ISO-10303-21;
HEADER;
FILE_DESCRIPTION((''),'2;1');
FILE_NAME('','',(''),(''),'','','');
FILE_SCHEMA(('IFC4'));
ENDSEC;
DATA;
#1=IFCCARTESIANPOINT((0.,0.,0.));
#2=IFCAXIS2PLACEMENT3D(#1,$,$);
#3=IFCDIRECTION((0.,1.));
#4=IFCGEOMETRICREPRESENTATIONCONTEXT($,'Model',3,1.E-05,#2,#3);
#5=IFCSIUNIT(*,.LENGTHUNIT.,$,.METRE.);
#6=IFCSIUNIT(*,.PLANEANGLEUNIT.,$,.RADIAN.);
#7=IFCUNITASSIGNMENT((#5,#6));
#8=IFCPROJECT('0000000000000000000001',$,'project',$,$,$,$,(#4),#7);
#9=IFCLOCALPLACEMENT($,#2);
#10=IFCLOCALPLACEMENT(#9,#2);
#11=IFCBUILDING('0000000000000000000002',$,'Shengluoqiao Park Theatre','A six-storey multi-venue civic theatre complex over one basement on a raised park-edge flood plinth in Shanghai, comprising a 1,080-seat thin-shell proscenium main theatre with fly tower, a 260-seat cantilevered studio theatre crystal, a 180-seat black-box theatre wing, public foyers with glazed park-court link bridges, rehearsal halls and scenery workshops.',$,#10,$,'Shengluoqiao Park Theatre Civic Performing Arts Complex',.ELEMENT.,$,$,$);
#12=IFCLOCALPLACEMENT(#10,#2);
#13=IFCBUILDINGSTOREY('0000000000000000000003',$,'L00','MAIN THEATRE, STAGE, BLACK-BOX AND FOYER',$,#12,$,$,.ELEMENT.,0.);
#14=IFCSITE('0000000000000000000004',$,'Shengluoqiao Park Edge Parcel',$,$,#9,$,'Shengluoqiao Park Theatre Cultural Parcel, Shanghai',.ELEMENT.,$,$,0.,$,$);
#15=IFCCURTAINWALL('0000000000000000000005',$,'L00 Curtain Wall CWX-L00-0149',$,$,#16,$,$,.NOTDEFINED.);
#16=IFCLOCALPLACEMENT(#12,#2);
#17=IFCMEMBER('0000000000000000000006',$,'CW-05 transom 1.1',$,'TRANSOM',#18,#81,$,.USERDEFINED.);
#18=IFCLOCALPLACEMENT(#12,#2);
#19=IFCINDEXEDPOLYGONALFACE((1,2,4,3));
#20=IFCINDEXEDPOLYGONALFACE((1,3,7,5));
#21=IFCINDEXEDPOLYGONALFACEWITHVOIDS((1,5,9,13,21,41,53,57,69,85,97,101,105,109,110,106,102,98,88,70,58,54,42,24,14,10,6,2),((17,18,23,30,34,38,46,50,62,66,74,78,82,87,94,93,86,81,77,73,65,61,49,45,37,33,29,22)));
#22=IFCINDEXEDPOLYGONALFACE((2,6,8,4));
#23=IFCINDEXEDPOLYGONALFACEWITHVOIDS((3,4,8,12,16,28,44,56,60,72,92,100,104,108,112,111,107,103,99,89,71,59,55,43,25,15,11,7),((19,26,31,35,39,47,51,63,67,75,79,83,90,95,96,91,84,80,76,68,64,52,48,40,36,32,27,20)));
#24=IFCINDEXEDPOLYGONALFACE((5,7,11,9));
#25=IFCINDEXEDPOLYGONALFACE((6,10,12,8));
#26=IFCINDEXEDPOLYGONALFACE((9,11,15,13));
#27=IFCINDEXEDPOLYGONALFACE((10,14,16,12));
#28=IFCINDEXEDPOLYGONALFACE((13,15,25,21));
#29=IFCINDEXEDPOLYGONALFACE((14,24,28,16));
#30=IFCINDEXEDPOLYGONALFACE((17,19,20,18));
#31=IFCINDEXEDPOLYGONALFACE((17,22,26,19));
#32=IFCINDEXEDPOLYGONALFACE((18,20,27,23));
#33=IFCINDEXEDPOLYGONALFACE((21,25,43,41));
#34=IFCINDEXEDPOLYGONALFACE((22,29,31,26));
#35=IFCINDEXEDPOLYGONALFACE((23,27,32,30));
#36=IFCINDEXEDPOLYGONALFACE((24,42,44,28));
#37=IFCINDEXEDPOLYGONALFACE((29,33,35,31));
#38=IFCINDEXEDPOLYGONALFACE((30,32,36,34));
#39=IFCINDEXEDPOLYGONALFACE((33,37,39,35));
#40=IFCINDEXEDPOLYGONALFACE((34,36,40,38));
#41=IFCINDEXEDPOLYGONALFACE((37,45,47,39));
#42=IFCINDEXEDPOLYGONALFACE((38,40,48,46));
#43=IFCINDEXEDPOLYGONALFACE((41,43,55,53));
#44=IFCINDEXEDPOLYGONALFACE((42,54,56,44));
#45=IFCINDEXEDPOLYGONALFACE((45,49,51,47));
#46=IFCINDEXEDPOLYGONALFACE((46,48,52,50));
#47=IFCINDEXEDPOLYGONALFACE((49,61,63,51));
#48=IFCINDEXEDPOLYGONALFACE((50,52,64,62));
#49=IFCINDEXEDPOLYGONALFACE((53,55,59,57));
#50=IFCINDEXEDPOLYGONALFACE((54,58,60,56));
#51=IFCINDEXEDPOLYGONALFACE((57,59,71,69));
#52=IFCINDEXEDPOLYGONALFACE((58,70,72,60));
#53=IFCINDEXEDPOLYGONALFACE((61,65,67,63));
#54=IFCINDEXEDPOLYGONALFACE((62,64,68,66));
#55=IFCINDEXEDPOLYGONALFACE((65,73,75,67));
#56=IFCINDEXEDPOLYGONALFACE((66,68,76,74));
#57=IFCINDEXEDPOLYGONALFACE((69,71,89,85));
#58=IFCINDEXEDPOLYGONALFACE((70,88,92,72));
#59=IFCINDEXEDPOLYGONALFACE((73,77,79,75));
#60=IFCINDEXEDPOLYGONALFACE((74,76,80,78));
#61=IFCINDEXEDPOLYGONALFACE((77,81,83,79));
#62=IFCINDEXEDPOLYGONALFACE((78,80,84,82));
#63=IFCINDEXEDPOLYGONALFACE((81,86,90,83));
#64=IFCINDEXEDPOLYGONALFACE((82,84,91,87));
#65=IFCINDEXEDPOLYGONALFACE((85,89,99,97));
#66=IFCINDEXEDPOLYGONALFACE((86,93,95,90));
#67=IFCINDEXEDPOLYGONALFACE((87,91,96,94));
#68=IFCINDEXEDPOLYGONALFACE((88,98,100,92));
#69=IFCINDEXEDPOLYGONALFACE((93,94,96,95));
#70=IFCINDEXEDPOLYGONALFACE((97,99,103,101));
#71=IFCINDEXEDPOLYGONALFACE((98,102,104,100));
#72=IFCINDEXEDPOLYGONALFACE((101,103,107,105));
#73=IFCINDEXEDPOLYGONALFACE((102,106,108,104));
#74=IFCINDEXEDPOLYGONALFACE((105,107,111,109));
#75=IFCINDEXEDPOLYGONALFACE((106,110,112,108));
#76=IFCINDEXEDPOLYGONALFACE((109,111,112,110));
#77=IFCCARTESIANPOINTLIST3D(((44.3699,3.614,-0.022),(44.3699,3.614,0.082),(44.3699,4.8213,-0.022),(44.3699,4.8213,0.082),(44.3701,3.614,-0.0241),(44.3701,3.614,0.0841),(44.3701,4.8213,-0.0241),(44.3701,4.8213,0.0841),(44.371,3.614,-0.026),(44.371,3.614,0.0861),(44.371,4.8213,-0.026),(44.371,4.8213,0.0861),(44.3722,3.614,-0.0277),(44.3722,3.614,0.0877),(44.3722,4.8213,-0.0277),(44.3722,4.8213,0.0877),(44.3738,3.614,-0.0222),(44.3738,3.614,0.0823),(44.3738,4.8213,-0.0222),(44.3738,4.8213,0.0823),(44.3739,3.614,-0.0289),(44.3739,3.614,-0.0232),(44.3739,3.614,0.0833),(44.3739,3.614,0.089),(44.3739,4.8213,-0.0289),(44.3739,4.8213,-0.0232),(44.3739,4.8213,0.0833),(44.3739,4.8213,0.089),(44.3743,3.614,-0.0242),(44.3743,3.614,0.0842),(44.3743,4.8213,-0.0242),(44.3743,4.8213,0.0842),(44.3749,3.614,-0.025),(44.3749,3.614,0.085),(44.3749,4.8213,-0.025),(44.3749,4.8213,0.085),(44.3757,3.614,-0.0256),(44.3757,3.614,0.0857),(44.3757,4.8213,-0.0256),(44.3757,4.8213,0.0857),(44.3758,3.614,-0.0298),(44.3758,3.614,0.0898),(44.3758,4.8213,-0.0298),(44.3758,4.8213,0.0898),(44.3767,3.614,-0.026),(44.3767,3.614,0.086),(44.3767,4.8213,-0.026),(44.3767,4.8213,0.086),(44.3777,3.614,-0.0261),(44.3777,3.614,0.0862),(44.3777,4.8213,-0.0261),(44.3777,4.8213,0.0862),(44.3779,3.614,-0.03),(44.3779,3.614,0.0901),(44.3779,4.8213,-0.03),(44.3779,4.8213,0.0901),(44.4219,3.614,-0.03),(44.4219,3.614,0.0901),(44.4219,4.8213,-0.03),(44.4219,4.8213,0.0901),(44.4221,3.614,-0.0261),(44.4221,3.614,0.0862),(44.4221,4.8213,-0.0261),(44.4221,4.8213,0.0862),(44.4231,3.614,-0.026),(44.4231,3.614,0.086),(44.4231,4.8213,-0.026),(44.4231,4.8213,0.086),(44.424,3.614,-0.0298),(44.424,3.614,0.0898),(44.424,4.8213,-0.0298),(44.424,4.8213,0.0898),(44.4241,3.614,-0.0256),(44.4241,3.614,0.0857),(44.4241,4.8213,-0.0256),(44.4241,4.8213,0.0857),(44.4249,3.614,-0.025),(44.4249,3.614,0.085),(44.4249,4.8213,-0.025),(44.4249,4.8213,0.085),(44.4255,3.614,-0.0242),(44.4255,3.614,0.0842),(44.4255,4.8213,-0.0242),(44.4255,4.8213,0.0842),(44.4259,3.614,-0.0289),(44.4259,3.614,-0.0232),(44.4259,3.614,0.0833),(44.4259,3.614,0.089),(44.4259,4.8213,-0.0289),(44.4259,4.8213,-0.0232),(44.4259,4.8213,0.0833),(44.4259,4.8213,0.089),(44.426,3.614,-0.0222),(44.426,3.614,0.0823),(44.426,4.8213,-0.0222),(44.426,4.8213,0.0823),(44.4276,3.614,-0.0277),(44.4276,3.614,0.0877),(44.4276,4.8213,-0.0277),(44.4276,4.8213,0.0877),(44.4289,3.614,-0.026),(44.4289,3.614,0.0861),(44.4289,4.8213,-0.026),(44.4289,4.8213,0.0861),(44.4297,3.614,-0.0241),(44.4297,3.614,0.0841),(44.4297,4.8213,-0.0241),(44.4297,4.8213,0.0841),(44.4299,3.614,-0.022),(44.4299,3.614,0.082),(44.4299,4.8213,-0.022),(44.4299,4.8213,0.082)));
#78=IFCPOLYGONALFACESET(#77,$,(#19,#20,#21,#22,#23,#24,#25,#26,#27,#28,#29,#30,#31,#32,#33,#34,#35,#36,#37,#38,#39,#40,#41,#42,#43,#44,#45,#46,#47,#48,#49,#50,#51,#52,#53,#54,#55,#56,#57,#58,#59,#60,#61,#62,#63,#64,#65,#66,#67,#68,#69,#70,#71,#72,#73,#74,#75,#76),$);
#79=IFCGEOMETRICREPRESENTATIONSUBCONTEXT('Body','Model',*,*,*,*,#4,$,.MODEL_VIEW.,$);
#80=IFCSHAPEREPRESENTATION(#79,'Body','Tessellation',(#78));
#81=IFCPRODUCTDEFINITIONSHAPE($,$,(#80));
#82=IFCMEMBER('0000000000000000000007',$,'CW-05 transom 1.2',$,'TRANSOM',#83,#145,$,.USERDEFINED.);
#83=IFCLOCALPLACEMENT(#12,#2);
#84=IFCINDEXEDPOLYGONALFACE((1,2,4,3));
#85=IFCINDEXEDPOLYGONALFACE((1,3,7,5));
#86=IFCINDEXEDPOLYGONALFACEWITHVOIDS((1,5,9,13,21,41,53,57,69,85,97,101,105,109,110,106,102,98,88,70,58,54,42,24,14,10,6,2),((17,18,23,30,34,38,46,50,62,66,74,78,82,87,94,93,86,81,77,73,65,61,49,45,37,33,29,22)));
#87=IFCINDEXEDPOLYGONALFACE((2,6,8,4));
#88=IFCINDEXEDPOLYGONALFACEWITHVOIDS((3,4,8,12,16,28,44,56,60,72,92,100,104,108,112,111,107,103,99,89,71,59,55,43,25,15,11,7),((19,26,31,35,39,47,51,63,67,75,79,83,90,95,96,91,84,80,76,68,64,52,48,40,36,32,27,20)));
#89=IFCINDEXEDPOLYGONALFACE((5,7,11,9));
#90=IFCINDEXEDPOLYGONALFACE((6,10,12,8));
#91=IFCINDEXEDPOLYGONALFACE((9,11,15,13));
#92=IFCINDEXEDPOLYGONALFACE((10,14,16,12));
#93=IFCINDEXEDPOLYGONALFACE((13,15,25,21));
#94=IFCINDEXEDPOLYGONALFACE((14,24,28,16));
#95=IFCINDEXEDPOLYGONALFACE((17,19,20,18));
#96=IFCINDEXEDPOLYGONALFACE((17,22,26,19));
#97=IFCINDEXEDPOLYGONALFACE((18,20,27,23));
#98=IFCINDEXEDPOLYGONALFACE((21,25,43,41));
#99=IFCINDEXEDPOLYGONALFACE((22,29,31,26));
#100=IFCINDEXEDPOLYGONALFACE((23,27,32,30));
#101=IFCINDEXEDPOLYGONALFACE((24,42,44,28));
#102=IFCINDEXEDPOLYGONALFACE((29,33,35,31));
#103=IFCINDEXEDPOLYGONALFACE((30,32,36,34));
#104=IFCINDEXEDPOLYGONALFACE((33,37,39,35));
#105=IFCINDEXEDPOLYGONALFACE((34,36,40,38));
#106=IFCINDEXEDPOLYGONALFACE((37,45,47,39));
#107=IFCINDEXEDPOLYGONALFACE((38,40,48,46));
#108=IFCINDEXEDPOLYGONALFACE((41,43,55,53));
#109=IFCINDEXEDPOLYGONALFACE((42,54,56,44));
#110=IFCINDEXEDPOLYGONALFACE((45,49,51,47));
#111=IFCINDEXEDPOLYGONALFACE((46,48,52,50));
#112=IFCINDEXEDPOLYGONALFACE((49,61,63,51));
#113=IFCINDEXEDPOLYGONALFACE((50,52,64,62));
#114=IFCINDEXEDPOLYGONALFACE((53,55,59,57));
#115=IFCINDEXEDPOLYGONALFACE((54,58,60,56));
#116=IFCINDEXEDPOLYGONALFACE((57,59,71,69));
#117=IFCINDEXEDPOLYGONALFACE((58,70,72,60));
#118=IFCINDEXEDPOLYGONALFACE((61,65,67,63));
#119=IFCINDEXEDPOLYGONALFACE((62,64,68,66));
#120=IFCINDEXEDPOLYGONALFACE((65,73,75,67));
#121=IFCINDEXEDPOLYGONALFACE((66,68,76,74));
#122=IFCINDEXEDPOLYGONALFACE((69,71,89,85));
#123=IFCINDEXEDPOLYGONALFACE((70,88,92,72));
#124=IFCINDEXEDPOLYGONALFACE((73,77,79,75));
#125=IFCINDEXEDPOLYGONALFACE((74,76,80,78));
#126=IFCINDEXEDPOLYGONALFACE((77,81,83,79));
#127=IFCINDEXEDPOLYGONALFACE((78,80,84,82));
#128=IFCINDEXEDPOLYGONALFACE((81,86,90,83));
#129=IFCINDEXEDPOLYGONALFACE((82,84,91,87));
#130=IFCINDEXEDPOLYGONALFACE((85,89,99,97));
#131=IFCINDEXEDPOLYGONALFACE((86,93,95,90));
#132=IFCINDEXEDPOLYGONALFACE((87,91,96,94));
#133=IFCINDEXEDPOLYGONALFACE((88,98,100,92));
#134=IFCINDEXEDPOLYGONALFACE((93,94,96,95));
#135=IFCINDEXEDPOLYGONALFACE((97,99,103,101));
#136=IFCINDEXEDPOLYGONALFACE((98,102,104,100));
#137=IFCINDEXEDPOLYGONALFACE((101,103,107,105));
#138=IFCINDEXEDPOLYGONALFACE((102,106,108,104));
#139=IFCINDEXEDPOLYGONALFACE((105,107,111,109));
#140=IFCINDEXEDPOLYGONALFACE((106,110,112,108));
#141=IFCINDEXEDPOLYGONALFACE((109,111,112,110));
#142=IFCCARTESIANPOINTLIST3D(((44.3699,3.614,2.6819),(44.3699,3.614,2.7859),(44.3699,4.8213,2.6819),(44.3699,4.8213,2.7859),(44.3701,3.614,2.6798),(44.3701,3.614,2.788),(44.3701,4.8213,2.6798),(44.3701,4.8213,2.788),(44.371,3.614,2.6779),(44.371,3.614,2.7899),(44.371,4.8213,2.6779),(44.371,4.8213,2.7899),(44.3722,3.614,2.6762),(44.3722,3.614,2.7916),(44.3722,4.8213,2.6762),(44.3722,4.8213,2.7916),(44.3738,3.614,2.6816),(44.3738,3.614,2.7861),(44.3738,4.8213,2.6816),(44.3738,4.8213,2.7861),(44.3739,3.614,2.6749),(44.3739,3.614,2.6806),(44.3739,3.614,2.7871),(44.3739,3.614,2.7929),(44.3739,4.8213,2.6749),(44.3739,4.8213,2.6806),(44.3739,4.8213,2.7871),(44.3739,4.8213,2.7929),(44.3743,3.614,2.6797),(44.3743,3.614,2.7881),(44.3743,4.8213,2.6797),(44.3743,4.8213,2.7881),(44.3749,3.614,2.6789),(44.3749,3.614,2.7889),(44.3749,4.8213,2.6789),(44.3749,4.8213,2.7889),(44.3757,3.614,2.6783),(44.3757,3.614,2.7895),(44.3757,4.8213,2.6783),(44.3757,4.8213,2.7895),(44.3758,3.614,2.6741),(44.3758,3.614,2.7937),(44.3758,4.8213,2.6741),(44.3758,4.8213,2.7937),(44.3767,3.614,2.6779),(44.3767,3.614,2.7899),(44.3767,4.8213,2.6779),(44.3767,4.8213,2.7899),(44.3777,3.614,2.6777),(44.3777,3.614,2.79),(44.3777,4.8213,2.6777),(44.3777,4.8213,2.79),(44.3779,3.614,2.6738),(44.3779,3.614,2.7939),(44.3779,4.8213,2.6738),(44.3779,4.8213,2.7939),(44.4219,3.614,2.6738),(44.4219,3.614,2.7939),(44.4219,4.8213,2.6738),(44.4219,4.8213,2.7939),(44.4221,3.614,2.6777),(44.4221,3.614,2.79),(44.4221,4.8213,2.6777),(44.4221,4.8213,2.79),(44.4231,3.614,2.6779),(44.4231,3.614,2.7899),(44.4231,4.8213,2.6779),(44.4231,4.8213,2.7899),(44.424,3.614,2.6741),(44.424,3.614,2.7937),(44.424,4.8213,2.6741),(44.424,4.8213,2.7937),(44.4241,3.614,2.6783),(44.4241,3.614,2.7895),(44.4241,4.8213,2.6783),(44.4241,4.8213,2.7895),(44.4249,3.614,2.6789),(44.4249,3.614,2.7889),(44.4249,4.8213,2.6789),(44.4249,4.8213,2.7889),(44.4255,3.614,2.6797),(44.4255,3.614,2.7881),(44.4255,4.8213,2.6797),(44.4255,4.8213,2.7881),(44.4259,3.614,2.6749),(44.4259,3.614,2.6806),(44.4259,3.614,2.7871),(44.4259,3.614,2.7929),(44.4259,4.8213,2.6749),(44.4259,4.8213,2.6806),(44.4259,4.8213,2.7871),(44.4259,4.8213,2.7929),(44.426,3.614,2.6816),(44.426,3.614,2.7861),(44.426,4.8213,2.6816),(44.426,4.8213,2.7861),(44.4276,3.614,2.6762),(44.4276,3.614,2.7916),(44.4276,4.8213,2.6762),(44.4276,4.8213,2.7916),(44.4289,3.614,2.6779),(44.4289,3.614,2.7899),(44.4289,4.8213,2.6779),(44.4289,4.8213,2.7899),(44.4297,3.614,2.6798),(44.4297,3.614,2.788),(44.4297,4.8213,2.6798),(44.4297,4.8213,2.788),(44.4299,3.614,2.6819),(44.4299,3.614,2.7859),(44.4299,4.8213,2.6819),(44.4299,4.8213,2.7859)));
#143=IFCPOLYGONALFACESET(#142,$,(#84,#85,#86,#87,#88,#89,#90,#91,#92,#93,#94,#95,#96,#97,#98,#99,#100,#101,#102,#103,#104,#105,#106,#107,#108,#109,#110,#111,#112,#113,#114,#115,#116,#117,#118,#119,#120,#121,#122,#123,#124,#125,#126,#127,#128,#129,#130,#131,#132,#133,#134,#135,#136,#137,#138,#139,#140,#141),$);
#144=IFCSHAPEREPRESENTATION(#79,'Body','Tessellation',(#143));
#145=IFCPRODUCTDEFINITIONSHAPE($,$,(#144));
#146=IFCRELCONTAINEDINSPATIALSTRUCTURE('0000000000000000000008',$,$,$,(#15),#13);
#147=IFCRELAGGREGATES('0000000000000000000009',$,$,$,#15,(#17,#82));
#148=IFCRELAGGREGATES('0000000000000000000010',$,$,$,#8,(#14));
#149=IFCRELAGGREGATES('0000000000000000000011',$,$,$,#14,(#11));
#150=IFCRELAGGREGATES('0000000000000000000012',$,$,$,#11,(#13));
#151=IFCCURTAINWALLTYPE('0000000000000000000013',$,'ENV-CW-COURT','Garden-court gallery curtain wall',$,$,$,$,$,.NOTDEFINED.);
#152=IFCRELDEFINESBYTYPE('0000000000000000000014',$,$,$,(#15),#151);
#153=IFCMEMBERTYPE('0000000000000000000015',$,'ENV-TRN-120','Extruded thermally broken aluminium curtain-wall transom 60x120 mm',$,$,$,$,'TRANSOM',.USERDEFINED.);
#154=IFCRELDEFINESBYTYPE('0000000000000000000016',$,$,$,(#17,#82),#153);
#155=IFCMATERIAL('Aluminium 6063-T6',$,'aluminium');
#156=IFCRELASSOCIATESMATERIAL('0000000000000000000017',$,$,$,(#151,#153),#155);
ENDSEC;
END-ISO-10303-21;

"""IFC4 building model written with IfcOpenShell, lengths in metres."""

from ifc_helpers import new_model, si_unit, direction, frame, origin, origin_2d, place, context, subcontext, project, spatial, hollow_rectangle, extrude, material, material_profile, profile_set, type_object, element, aggregate, save


model = new_model("IFC4")

# Units and contexts
model_context = context("Model", 3, precision=1e-05, world=origin(), true_north=direction((0.0, 1.0)))
body_context = subcontext(model_context, "Body", "Model", "MODEL_VIEW")
ifc_project = project(units=[si_unit("LENGTHUNIT", "METRE"), si_unit("PLANEANGLEUNIT", "RADIAN")], contexts=[model_context])

# Site, building, storey
site_placement = place(None, origin())
site = spatial("IfcSite", under=ifc_project, at=site_placement, Name="Shengluoqiao Park Edge Parcel", LongName="Shengluoqiao Park Theatre Cultural Parcel, Shanghai", CompositionType="ELEMENT", RefElevation=0.0)
building_placement = place(site_placement, origin())
building = spatial("IfcBuilding", under=site, at=building_placement, Name="Shengluoqiao Park Theatre", Description="A six-storey multi-venue civic theatre complex over one basement on a raised park-edge flood plinth in Shanghai, comprising a 1,080-seat thin-shell proscenium main theatre with fly tower, a 260-seat cantilevered studio theatre crystal, a 180-seat black-box theatre wing, public foyers with glazed park-court link bridges, rehearsal halls and scenery workshops.", LongName="Shengluoqiao Park Theatre Civic Performing Arts Complex", CompositionType="ELEMENT")
storey_placement = place(building_placement, origin())
storey = spatial("IfcBuildingStorey", under=building, at=storey_placement, Name="L00", Description="MAIN THEATRE, STAGE, BLACK-BOX AND FOYER", CompositionType="ELEMENT", Elevation=0.0)

# Curtain wall, members
ifc_material_1 = material(Name="Aluminium 6063-T6", Category="aluminium")
curtain_wall_type = type_object("IfcCurtainWallType", Name="ENV-CW-COURT", Description="Garden-court gallery curtain wall", PredefinedType="NOTDEFINED", material=ifc_material_1)
curtain_wall_placement = place(storey_placement, origin())
curtain_wall = element("IfcCurtainWall", 1, at=curtain_wall_placement, inside=storey, type_object=curtain_wall_type, Name="L00 Curtain Wall CWX-L00-0149", PredefinedType="NOTDEFINED")
ifc_material_profile_1 = material_profile(ifc_material_1, hollow_rectangle(XDim=0.0601, YDim=0.1201, WallThickness=0.0039, InnerFilletRadius=0.0039, OuterFilletRadius=0.0081, at=origin_2d()), Name="ALU TRANSOM 120x60x4")
ifc_profile_set_1 = profile_set([ifc_material_profile_1], Name="Aluminium 6063-T6")
member_type_1 = type_object("IfcMemberType", Name="ENV-TRN-120", Description="Extruded thermally broken aluminium curtain-wall transom 60x120 mm", ElementType="TRANSOM", PredefinedType="USERDEFINED", material=ifc_profile_set_1)
member_1_placement = place(storey_placement, frame((44.3999, 3.614, 0.03), z_axis=(0.0, 1.0, 0.0), x_axis=(-1.0, 0.0, 0.0)))
member_1 = element("IfcMember", 2, at=member_1_placement, type_object=member_type_1, Name="CW-05 transom 1.1", ObjectType="TRANSOM", PredefinedType="USERDEFINED", context=body_context, shape_type="SweptSolid", body=[
    extrude(hollow_rectangle(XDim=0.0601, YDim=0.1201, WallThickness=0.0039, InnerFilletRadius=0.0039, OuterFilletRadius=0.0081, at=origin_2d()), origin(), (0.0, 0.0, 1.0), 1.2073),
])
member_2_placement = place(storey_placement, frame((44.3999, 3.614, 2.7339), z_axis=(0.0, 1.0, 0.0), x_axis=(-1.0, 0.0, 0.0)))
member_2 = element("IfcMember", 3, at=member_2_placement, type_object=member_type_1, Name="CW-05 transom 1.2", ObjectType="TRANSOM", PredefinedType="USERDEFINED", context=body_context, shape_type="SweptSolid", body=[
    extrude(hollow_rectangle(XDim=0.0601, YDim=0.1201, WallThickness=0.0039, InnerFilletRadius=0.0039, OuterFilletRadius=0.0081, at=origin_2d()), origin(), (0.0, 0.0, 1.0), 1.2073),
])

aggregate(curtain_wall, [member_1, member_2])

save(model, "model.ifc")
